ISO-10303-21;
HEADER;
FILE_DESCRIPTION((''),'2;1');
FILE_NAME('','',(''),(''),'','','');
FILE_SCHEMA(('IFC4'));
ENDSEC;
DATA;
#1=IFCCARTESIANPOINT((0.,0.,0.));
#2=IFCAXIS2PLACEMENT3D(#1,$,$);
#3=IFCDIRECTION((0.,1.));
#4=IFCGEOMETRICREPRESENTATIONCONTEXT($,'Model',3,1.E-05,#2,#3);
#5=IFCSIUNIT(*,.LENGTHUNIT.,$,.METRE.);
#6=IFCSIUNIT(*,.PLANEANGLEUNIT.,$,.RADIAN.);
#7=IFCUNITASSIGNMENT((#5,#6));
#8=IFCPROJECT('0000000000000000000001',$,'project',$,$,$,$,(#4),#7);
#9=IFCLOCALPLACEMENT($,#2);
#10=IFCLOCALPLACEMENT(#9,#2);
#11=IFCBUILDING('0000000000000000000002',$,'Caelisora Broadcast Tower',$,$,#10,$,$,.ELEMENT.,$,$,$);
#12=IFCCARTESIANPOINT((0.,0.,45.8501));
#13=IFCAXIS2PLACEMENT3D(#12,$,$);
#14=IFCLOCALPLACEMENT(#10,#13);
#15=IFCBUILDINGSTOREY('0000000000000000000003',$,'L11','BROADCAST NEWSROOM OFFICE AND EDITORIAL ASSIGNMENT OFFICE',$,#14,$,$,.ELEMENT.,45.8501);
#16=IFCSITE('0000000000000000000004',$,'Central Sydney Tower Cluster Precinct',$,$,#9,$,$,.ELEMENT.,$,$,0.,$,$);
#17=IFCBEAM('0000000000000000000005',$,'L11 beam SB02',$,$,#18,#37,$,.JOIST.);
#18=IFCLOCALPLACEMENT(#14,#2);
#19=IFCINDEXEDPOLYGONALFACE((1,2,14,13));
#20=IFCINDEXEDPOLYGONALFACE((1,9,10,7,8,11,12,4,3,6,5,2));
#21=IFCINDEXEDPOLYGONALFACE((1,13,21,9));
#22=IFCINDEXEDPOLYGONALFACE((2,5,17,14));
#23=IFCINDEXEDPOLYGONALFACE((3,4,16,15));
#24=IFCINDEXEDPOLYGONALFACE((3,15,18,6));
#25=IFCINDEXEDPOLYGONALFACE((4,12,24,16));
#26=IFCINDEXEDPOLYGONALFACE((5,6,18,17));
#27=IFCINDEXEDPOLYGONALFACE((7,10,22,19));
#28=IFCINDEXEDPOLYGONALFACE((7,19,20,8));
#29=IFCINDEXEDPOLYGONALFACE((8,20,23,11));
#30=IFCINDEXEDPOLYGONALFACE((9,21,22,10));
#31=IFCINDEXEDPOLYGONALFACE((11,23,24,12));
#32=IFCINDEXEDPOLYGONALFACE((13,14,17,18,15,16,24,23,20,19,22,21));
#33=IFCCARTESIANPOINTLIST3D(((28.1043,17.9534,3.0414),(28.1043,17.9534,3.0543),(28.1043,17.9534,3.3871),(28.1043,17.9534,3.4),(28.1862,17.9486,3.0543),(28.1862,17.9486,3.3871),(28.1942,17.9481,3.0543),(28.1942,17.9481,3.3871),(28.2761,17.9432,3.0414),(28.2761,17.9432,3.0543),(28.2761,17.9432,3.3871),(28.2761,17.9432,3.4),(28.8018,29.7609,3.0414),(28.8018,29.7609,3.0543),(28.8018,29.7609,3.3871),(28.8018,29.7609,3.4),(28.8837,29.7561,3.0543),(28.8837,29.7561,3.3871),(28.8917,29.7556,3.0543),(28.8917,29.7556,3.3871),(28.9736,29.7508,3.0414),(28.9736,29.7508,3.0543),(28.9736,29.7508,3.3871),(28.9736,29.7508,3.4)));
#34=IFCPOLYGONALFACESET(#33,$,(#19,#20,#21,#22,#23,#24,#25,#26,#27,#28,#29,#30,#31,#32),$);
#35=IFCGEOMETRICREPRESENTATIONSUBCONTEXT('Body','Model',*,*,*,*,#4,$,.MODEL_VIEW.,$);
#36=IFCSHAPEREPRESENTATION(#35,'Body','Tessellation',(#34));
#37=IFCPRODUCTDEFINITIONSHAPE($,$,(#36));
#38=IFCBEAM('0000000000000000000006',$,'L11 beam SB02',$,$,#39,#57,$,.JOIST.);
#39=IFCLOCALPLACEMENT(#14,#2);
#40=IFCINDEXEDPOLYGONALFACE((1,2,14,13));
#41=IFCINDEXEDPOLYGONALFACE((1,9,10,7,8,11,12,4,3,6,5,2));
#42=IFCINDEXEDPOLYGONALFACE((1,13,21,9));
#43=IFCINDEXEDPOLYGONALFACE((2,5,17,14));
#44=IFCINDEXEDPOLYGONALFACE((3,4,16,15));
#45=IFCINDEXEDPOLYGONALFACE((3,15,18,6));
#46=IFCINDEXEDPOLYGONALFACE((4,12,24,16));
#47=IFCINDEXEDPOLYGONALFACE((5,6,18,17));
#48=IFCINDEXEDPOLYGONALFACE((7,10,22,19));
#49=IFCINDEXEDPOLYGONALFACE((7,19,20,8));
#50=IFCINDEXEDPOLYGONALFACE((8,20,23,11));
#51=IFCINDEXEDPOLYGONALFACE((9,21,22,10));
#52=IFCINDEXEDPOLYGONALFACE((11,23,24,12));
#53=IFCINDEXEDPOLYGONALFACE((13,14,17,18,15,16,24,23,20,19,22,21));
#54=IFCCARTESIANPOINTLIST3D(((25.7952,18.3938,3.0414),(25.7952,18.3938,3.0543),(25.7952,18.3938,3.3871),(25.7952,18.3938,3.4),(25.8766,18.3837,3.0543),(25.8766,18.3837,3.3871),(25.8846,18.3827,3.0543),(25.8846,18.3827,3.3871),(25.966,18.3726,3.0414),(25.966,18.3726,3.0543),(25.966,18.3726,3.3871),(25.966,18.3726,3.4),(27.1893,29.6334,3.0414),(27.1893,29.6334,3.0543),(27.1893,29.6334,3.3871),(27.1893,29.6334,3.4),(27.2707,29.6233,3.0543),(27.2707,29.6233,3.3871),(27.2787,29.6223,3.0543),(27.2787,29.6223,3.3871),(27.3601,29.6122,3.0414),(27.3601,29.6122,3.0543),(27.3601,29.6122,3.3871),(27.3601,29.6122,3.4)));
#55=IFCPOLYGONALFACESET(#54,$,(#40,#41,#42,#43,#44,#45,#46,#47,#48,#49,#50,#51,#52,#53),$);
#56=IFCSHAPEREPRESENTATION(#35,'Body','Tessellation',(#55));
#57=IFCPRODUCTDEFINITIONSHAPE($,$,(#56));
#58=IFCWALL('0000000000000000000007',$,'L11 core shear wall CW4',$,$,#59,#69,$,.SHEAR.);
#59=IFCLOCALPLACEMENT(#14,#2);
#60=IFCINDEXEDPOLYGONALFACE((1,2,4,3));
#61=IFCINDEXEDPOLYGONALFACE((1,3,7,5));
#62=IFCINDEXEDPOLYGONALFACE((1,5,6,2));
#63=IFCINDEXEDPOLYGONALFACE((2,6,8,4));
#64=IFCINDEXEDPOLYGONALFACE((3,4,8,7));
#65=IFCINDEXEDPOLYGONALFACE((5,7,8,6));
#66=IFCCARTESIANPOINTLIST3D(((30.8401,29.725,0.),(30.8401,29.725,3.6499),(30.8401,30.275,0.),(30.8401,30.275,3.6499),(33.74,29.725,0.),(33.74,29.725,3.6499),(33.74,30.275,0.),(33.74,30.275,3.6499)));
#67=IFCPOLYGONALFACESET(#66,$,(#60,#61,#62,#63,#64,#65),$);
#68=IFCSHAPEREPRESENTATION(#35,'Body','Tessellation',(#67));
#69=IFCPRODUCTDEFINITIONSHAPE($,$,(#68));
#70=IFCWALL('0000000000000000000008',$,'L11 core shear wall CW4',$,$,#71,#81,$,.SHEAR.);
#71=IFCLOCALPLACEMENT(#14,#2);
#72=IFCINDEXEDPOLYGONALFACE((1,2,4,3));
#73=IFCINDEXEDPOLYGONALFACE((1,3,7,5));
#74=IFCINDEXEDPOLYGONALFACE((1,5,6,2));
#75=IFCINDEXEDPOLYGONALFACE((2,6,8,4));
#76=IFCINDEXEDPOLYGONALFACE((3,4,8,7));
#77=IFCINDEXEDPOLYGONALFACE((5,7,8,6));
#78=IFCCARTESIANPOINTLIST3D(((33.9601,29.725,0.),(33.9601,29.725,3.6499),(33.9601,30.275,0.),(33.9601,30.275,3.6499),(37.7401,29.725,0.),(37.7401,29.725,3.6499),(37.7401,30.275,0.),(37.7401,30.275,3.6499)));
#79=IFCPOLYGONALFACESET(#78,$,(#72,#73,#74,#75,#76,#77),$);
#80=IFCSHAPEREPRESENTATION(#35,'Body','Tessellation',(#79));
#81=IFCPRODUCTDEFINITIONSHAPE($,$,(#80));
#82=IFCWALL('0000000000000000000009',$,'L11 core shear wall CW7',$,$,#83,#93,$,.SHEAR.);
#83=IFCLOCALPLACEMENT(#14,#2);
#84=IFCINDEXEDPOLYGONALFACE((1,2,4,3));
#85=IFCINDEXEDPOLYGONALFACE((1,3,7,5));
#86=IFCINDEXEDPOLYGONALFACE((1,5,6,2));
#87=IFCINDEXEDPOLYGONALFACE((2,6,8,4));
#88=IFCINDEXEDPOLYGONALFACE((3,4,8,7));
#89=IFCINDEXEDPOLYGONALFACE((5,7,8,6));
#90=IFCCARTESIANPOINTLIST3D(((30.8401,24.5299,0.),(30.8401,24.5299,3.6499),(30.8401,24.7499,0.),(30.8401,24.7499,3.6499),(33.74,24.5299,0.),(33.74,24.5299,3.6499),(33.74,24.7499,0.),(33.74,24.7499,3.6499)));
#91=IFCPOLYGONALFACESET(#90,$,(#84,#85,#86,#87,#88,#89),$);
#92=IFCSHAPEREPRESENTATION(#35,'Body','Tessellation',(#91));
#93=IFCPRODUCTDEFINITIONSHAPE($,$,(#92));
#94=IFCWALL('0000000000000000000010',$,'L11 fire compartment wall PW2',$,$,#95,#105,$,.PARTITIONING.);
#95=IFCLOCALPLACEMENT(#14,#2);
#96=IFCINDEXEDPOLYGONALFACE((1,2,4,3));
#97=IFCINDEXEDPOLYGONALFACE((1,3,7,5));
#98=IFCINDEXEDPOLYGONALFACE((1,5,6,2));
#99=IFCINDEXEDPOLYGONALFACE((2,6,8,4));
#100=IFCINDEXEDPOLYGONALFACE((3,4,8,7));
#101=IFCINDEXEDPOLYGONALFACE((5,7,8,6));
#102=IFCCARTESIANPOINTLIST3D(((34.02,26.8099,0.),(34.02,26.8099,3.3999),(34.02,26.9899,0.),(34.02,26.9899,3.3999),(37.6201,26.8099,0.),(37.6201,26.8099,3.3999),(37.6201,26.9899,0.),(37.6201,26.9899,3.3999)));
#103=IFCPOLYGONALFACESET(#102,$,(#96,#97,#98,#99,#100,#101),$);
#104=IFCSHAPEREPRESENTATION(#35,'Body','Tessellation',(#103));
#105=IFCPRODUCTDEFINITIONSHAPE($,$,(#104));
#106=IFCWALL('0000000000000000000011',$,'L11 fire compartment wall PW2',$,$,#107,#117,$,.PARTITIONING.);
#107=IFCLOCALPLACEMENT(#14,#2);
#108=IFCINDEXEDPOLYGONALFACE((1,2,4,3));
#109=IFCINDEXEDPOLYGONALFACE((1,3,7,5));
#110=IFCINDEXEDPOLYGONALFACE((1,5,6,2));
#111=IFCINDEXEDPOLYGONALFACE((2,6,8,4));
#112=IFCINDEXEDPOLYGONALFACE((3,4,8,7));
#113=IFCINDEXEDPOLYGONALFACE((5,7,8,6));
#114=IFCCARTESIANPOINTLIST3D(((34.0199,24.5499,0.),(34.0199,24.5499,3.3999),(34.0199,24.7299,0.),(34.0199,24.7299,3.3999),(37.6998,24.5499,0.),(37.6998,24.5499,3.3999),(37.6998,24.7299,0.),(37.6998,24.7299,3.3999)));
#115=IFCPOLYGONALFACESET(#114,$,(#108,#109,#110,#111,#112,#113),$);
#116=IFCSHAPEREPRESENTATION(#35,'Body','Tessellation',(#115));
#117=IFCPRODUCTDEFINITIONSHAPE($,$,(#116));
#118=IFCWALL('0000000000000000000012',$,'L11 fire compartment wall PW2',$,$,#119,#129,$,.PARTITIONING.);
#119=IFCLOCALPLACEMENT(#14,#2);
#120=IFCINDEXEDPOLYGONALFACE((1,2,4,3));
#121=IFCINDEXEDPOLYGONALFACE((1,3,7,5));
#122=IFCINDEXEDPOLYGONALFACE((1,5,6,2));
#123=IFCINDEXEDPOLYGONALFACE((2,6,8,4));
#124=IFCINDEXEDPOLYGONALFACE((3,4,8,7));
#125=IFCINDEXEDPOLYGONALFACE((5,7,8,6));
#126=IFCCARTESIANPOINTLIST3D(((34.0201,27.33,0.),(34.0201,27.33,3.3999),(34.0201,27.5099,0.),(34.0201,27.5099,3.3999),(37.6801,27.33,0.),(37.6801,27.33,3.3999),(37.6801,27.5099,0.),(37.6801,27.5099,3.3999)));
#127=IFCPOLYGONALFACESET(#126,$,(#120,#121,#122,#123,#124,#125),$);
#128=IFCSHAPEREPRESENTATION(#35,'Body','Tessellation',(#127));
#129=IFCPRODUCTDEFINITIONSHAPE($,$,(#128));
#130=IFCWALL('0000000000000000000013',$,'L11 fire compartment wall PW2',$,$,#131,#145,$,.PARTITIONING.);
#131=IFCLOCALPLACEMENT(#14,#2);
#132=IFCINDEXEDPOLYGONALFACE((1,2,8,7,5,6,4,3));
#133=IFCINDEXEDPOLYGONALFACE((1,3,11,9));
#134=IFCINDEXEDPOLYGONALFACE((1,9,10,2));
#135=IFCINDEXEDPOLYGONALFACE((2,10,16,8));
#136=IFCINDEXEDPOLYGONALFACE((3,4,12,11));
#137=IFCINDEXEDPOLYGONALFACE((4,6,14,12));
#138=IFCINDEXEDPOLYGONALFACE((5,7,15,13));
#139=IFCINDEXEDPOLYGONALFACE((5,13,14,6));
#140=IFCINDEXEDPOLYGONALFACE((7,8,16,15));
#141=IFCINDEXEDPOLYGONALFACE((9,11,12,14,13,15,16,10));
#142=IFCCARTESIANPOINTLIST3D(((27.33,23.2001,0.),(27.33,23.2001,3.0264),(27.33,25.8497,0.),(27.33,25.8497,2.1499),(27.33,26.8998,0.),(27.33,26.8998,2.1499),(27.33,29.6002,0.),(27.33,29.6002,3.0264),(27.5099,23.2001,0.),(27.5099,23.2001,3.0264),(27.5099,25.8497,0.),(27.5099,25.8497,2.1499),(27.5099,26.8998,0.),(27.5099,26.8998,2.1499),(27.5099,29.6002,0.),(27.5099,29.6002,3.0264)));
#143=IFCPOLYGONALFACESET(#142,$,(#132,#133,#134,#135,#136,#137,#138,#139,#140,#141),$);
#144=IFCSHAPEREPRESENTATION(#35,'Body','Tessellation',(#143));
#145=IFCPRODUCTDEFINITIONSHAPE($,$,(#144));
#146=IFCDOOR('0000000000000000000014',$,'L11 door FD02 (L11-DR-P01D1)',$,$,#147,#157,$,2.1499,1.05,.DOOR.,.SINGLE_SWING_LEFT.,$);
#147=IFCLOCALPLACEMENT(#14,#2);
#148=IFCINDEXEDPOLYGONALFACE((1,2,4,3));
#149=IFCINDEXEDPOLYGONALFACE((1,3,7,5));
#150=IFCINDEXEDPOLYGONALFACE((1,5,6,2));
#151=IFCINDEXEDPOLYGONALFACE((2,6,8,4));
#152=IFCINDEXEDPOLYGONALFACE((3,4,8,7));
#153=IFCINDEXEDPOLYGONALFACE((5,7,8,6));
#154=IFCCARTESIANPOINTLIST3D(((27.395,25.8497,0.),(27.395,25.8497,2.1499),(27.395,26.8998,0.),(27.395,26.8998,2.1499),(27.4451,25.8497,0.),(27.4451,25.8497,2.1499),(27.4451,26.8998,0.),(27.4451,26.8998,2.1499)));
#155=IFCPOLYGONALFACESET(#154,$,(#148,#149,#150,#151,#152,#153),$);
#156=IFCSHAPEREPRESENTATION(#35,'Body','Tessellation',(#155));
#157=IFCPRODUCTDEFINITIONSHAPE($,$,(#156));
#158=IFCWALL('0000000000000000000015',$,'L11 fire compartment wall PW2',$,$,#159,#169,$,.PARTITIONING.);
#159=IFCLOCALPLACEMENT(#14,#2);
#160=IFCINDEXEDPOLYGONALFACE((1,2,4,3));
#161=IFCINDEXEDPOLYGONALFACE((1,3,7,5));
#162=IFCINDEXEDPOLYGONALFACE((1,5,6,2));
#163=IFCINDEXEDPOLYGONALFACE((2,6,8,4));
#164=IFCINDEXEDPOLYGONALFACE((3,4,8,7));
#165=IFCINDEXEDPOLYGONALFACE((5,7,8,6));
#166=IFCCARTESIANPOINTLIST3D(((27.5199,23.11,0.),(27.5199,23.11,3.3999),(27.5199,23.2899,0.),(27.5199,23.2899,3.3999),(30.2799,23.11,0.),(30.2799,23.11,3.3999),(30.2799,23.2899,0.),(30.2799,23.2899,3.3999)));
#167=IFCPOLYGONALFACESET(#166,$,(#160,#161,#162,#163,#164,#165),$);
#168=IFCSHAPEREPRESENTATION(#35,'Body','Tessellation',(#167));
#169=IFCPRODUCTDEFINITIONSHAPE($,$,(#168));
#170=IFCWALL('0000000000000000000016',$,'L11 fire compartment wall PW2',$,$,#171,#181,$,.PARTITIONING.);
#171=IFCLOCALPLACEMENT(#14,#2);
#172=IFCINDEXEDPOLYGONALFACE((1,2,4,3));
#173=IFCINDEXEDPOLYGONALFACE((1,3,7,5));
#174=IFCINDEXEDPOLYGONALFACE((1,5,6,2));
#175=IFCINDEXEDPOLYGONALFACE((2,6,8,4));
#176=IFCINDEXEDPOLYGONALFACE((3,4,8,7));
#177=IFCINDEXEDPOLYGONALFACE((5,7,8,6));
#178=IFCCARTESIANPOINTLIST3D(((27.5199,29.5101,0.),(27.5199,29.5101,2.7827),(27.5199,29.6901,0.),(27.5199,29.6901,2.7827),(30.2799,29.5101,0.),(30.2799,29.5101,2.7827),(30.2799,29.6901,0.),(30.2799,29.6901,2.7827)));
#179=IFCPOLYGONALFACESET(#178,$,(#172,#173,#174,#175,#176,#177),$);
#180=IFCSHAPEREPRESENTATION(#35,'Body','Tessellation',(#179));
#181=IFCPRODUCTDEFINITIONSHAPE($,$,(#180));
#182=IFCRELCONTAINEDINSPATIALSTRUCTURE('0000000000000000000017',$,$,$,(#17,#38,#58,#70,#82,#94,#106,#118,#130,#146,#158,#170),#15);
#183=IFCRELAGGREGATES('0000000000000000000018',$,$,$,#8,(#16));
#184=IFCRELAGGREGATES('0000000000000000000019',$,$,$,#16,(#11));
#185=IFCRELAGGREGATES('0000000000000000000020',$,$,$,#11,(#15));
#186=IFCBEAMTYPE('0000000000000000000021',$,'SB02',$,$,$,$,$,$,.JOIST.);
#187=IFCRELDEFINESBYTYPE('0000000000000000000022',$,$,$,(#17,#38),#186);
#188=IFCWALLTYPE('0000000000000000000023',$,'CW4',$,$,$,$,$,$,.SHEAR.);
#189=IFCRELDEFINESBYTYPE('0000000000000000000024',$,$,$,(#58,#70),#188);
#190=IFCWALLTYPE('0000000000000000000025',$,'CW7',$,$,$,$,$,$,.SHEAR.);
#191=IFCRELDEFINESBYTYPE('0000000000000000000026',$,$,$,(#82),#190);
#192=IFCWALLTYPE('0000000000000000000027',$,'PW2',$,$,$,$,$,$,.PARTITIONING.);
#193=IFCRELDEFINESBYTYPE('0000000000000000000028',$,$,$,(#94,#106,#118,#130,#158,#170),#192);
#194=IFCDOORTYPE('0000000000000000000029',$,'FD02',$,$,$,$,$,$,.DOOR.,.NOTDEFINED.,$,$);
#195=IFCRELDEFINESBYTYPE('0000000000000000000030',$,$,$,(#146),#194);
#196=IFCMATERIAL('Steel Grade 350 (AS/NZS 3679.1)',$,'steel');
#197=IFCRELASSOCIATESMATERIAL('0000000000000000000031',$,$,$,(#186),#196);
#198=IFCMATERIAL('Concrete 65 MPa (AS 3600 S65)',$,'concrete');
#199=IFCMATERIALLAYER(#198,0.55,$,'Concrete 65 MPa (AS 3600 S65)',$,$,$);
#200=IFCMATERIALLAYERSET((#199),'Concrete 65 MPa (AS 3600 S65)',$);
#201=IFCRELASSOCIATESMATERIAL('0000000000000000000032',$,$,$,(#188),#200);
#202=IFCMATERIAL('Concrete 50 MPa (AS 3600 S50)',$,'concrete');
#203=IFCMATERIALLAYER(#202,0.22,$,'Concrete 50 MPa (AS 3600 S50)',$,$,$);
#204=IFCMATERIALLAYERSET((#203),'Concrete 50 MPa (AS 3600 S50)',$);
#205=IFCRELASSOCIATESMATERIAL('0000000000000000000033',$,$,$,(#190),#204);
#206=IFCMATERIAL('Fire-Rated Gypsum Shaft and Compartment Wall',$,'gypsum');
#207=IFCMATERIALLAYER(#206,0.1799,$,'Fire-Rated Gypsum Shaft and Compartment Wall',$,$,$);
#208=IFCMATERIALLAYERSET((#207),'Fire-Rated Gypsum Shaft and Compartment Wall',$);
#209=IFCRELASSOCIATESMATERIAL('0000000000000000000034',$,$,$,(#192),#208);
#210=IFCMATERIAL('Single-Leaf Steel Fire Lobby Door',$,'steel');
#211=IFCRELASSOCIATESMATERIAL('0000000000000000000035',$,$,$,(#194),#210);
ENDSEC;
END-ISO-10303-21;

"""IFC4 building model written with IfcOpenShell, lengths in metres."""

from ifc_helpers import new_model, si_unit, direction, frame, frame_2d, origin, origin_2d, place, context, subcontext, project, spatial, rectangle, i_section, extrude, source, transform, mapped, material, layer, layer_set, material_profile, profile_set, type_object, element, fill, save


model = new_model("IFC4")

# Units and contexts
model_context = context("Model", 3, precision=1e-05, world=origin(), true_north=direction((0.0, 1.0)))
body_context = subcontext(model_context, "Body", "Model", "MODEL_VIEW")
ifc_project = project(units=[si_unit("LENGTHUNIT", "METRE"), si_unit("PLANEANGLEUNIT", "RADIAN")], contexts=[model_context])

# Site, building, storey
site_placement = place(None, origin())
site = spatial("IfcSite", under=ifc_project, at=site_placement, Name="Central Sydney Tower Cluster Precinct", CompositionType="ELEMENT", RefElevation=0.0)
building_placement = place(site_placement, origin())
building = spatial("IfcBuilding", under=site, at=building_placement, Name="Caelisora Broadcast Tower", CompositionType="ELEMENT")
storey_placement = place(building_placement, frame((0.0, 0.0, 45.8501)))
storey = spatial("IfcBuildingStorey", under=building, at=storey_placement, Name="L11", Description="BROADCAST NEWSROOM OFFICE AND EDITORIAL ASSIGNMENT OFFICE", CompositionType="ELEMENT", Elevation=45.8501)

# Shared definitions
ifc_material_1 = material(Name="Steel Grade 350 (AS/NZS 3679.1)", Category="steel")

# Beams
ifc_material_profile_1 = material_profile(ifc_material_1, i_section(OverallWidth=0.1721, OverallDepth=0.3586, WebThickness=0.0081, FlangeThickness=0.0129, at=origin_2d()), Name="Steel Grade 350 (AS/NZS 3679.1)")
ifc_profile_set_1 = profile_set([ifc_material_profile_1], Name="Steel Grade 350 (AS/NZS 3679.1)")
beam_type_1 = type_object("IfcBeamType", Name="SB02", PredefinedType="JOIST", material=ifc_profile_set_1)
shared_shape_1 = source(origin(), body_context, "Body", "SweptSolid", [
    extrude(i_section(OverallWidth=0.1721, OverallDepth=0.3586, WebThickness=0.0081, FlangeThickness=0.0129, at=origin_2d()), origin(), (0.0, 0.0, 1.0), 11.8281),
])
beam_1_placement = place(storey_placement, frame((28.8877, 29.7559, 3.2207), z_axis=(-0.05897, -0.99826, 0.0), x_axis=(0.99826, -0.05897, 0.0)))
element("IfcBeam", 1, at=beam_1_placement, inside=storey, type_object=beam_type_1, Name="L11 beam SB02", PredefinedType="JOIST", context=body_context, shape_type="MappedRepresentation", body=[
    mapped(shared_shape_1, transform((0.0, 0.0, 0.0), scale=1.0)),
])
shared_shape_2 = source(origin(), body_context, "Body", "SweptSolid", [
    extrude(i_section(OverallWidth=0.1721, OverallDepth=0.3586, WebThickness=0.0081, FlangeThickness=0.0129, at=origin_2d()), origin(), (0.0, 0.0, 1.0), 11.3257),
])
beam_2_placement = place(storey_placement, frame((27.2747, 29.6228, 3.2207), z_axis=(-0.123088, -0.992396, 0.0), x_axis=(0.992396, -0.123088, 0.0)))
element("IfcBeam", 2, at=beam_2_placement, inside=storey, type_object=beam_type_1, Name="L11 beam SB02", PredefinedType="JOIST", context=body_context, shape_type="MappedRepresentation", body=[
    mapped(shared_shape_2, transform((0.0, 0.0, 0.0), scale=1.0)),
])

# Walls
ifc_material_2 = material(Name="Concrete 65 MPa (AS 3600 S65)", Category="concrete")
ifc_layer_1 = layer(ifc_material_2, 0.55, Name="Concrete 65 MPa (AS 3600 S65)")
ifc_layer_set_1 = layer_set([ifc_layer_1], Name="Concrete 65 MPa (AS 3600 S65)")
wall_type_1 = type_object("IfcWallType", Name="CW4", PredefinedType="SHEAR", material=ifc_layer_set_1)
wall_1_placement = place(storey_placement, frame((30.8401, 30.0, 0.0), z_axis=(0.0, 0.0, 1.0), x_axis=(1.0, 0.0, 0.0)))
element("IfcWall", 3, at=wall_1_placement, inside=storey, type_object=wall_type_1, Name="L11 core shear wall CW4", PredefinedType="SHEAR", context=body_context, shape_type="SweptSolid", body=[
    extrude(rectangle(XDim=2.8999, YDim=0.55, at=frame_2d((1.45, 0.0))), origin(), (0.0, 0.0, 1.0), 3.6499),
])
wall_2_placement = place(storey_placement, frame((33.96, 30.0, 0.0), z_axis=(0.0, 0.0, 1.0), x_axis=(1.0, 0.0, 0.0)))
element("IfcWall", 4, at=wall_2_placement, inside=storey, type_object=wall_type_1, Name="L11 core shear wall CW4", PredefinedType="SHEAR", context=body_context, shape_type="SweptSolid", body=[
    extrude(rectangle(XDim=3.78, YDim=0.55, at=frame_2d((1.8901, 0.0))), origin(), (0.0, 0.0, 1.0), 3.6499),
])
ifc_material_3 = material(Name="Concrete 50 MPa (AS 3600 S50)", Category="concrete")
ifc_layer_2 = layer(ifc_material_3, 0.22, Name="Concrete 50 MPa (AS 3600 S50)")
ifc_layer_set_2 = layer_set([ifc_layer_2], Name="Concrete 50 MPa (AS 3600 S50)")
wall_type_2 = type_object("IfcWallType", Name="CW7", PredefinedType="SHEAR", material=ifc_layer_set_2)
wall_3_placement = place(storey_placement, frame((30.8401, 24.6399, 0.0), z_axis=(0.0, 0.0, 1.0), x_axis=(1.0, 0.0, 0.0)))
element("IfcWall", 5, at=wall_3_placement, inside=storey, type_object=wall_type_2, Name="L11 core shear wall CW7", PredefinedType="SHEAR", context=body_context, shape_type="SweptSolid", body=[
    extrude(rectangle(XDim=2.8999, YDim=0.22, at=frame_2d((1.45, 0.0))), origin(), (0.0, 0.0, 1.0), 3.6499),
])
ifc_material_4 = material(Name="Fire-Rated Gypsum Shaft and Compartment Wall", Category="gypsum")
ifc_layer_3 = layer(ifc_material_4, 0.1799, Name="Fire-Rated Gypsum Shaft and Compartment Wall")
ifc_layer_set_3 = layer_set([ifc_layer_3], Name="Fire-Rated Gypsum Shaft and Compartment Wall")
wall_type_3 = type_object("IfcWallType", Name="PW2", PredefinedType="PARTITIONING", material=ifc_layer_set_3)
wall_4_placement = place(storey_placement, frame((34.02, 26.8999, 0.0), z_axis=(0.0, 0.0, 1.0), x_axis=(1.0, 0.0, 0.0)))
element("IfcWall", 6, at=wall_4_placement, inside=storey, type_object=wall_type_3, Name="L11 fire compartment wall PW2", PredefinedType="PARTITIONING", context=body_context, shape_type="SweptSolid", body=[
    extrude(rectangle(XDim=3.6001, YDim=0.1799, at=frame_2d((1.8, 0.0))), origin(), (0.0, 0.0, 1.0), 3.3999),
])
wall_5_placement = place(storey_placement, frame((34.02, 24.6399, 0.0), z_axis=(0.0, 0.0, 1.0), x_axis=(1.0, 0.0, 0.0)))
element("IfcWall", 7, at=wall_5_placement, inside=storey, type_object=wall_type_3, Name="L11 fire compartment wall PW2", PredefinedType="PARTITIONING", context=body_context, shape_type="SweptSolid", body=[
    extrude(rectangle(XDim=3.6799, YDim=0.1799, at=frame_2d((1.8398, 0.0))), origin(), (0.0, 0.0, 1.0), 3.3999),
])
wall_6_placement = place(storey_placement, frame((34.02, 27.4199, 0.0), z_axis=(0.0, 0.0, 1.0), x_axis=(1.0, 0.0, 0.0)))
element("IfcWall", 8, at=wall_6_placement, inside=storey, type_object=wall_type_3, Name="L11 fire compartment wall PW2", PredefinedType="PARTITIONING", context=body_context, shape_type="SweptSolid", body=[
    extrude(rectangle(XDim=3.6599, YDim=0.1799, at=frame_2d((1.8301, 0.0))), origin(), (0.0, 0.0, 1.0), 3.3999),
])

# Wall, opening, door
wall_7_placement = place(storey_placement, frame((27.4199, 23.2, 0.0), z_axis=(0.0, 0.0, 1.0), x_axis=(0.0, 1.0, 0.0)))
wall_7 = element("IfcWall", 9, at=wall_7_placement, inside=storey, type_object=wall_type_3, Name="L11 fire compartment wall PW2", PredefinedType="PARTITIONING", context=body_context, shape_type="SweptSolid", body=[
    extrude(rectangle(XDim=6.4001, YDim=0.1799, at=frame_2d((3.2002, 0.0))), origin(), (0.0, 0.0, 1.0), 3.0264),
])
opening_placement = place(wall_7_placement, frame((2.6499, 0.0, 0.0)))
opening = element("IfcOpeningElement", 10, at=opening_placement, cuts=wall_7, PredefinedType="OPENING", context=body_context, shape_type="SweptSolid", body=[
    extrude(rectangle(XDim=1.05, YDim=2.1499, at=frame_2d((0.5249, 1.075))), frame((0.0, 0.1021, 0.0), z_axis=(0.0, -1.0, 0.0), x_axis=(1.0, 0.0, 0.0)), (0.0, 0.0, 1.0), 0.2039),
])
ifc_material_5 = material(Name="Single-Leaf Steel Fire Lobby Door", Category="steel")
door_type = type_object("IfcDoorType", Name="FD02", OperationType="NOTDEFINED", PredefinedType="DOOR", material=ifc_material_5)
door_placement = place(opening_placement, origin())
door = element("IfcDoor", 11, at=door_placement, inside=storey, type_object=door_type, Name="L11 door FD02 (L11-DR-P01D1)", OperationType="SINGLE_SWING_LEFT", OverallHeight=2.1499, OverallWidth=1.05, PredefinedType="DOOR", context=body_context, shape_type="SweptSolid", body=[
    extrude(rectangle(XDim=1.05, YDim=2.1499, at=frame_2d((0.5249, 1.075))), frame((0.0, 0.0249, 0.0), z_axis=(0.0, -1.0, 0.0), x_axis=(1.0, 0.0, 0.0)), (0.0, 0.0, 1.0), 0.05),
])
fill(opening, door)

# Walls
wall_8_placement = place(storey_placement, frame((27.52, 23.2, 0.0), z_axis=(0.0, 0.0, 1.0), x_axis=(1.0, 0.0, 0.0)))
element("IfcWall", 12, at=wall_8_placement, inside=storey, type_object=wall_type_3, Name="L11 fire compartment wall PW2", PredefinedType="PARTITIONING", context=body_context, shape_type="SweptSolid", body=[
    extrude(rectangle(XDim=2.76, YDim=0.1799, at=frame_2d((1.3799, 0.0))), origin(), (0.0, 0.0, 1.0), 3.3999),
])
wall_9_placement = place(storey_placement, frame((27.52, 29.6001, 0.0), z_axis=(0.0, 0.0, 1.0), x_axis=(1.0, 0.0, 0.0)))
element("IfcWall", 13, at=wall_9_placement, inside=storey, type_object=wall_type_3, Name="L11 fire compartment wall PW2", PredefinedType="PARTITIONING", context=body_context, shape_type="SweptSolid", body=[
    extrude(rectangle(XDim=2.76, YDim=0.1799, at=frame_2d((1.3799, 0.0))), origin(), (0.0, 0.0, 1.0), 2.7827),
])

save(model, "model.ifc")
